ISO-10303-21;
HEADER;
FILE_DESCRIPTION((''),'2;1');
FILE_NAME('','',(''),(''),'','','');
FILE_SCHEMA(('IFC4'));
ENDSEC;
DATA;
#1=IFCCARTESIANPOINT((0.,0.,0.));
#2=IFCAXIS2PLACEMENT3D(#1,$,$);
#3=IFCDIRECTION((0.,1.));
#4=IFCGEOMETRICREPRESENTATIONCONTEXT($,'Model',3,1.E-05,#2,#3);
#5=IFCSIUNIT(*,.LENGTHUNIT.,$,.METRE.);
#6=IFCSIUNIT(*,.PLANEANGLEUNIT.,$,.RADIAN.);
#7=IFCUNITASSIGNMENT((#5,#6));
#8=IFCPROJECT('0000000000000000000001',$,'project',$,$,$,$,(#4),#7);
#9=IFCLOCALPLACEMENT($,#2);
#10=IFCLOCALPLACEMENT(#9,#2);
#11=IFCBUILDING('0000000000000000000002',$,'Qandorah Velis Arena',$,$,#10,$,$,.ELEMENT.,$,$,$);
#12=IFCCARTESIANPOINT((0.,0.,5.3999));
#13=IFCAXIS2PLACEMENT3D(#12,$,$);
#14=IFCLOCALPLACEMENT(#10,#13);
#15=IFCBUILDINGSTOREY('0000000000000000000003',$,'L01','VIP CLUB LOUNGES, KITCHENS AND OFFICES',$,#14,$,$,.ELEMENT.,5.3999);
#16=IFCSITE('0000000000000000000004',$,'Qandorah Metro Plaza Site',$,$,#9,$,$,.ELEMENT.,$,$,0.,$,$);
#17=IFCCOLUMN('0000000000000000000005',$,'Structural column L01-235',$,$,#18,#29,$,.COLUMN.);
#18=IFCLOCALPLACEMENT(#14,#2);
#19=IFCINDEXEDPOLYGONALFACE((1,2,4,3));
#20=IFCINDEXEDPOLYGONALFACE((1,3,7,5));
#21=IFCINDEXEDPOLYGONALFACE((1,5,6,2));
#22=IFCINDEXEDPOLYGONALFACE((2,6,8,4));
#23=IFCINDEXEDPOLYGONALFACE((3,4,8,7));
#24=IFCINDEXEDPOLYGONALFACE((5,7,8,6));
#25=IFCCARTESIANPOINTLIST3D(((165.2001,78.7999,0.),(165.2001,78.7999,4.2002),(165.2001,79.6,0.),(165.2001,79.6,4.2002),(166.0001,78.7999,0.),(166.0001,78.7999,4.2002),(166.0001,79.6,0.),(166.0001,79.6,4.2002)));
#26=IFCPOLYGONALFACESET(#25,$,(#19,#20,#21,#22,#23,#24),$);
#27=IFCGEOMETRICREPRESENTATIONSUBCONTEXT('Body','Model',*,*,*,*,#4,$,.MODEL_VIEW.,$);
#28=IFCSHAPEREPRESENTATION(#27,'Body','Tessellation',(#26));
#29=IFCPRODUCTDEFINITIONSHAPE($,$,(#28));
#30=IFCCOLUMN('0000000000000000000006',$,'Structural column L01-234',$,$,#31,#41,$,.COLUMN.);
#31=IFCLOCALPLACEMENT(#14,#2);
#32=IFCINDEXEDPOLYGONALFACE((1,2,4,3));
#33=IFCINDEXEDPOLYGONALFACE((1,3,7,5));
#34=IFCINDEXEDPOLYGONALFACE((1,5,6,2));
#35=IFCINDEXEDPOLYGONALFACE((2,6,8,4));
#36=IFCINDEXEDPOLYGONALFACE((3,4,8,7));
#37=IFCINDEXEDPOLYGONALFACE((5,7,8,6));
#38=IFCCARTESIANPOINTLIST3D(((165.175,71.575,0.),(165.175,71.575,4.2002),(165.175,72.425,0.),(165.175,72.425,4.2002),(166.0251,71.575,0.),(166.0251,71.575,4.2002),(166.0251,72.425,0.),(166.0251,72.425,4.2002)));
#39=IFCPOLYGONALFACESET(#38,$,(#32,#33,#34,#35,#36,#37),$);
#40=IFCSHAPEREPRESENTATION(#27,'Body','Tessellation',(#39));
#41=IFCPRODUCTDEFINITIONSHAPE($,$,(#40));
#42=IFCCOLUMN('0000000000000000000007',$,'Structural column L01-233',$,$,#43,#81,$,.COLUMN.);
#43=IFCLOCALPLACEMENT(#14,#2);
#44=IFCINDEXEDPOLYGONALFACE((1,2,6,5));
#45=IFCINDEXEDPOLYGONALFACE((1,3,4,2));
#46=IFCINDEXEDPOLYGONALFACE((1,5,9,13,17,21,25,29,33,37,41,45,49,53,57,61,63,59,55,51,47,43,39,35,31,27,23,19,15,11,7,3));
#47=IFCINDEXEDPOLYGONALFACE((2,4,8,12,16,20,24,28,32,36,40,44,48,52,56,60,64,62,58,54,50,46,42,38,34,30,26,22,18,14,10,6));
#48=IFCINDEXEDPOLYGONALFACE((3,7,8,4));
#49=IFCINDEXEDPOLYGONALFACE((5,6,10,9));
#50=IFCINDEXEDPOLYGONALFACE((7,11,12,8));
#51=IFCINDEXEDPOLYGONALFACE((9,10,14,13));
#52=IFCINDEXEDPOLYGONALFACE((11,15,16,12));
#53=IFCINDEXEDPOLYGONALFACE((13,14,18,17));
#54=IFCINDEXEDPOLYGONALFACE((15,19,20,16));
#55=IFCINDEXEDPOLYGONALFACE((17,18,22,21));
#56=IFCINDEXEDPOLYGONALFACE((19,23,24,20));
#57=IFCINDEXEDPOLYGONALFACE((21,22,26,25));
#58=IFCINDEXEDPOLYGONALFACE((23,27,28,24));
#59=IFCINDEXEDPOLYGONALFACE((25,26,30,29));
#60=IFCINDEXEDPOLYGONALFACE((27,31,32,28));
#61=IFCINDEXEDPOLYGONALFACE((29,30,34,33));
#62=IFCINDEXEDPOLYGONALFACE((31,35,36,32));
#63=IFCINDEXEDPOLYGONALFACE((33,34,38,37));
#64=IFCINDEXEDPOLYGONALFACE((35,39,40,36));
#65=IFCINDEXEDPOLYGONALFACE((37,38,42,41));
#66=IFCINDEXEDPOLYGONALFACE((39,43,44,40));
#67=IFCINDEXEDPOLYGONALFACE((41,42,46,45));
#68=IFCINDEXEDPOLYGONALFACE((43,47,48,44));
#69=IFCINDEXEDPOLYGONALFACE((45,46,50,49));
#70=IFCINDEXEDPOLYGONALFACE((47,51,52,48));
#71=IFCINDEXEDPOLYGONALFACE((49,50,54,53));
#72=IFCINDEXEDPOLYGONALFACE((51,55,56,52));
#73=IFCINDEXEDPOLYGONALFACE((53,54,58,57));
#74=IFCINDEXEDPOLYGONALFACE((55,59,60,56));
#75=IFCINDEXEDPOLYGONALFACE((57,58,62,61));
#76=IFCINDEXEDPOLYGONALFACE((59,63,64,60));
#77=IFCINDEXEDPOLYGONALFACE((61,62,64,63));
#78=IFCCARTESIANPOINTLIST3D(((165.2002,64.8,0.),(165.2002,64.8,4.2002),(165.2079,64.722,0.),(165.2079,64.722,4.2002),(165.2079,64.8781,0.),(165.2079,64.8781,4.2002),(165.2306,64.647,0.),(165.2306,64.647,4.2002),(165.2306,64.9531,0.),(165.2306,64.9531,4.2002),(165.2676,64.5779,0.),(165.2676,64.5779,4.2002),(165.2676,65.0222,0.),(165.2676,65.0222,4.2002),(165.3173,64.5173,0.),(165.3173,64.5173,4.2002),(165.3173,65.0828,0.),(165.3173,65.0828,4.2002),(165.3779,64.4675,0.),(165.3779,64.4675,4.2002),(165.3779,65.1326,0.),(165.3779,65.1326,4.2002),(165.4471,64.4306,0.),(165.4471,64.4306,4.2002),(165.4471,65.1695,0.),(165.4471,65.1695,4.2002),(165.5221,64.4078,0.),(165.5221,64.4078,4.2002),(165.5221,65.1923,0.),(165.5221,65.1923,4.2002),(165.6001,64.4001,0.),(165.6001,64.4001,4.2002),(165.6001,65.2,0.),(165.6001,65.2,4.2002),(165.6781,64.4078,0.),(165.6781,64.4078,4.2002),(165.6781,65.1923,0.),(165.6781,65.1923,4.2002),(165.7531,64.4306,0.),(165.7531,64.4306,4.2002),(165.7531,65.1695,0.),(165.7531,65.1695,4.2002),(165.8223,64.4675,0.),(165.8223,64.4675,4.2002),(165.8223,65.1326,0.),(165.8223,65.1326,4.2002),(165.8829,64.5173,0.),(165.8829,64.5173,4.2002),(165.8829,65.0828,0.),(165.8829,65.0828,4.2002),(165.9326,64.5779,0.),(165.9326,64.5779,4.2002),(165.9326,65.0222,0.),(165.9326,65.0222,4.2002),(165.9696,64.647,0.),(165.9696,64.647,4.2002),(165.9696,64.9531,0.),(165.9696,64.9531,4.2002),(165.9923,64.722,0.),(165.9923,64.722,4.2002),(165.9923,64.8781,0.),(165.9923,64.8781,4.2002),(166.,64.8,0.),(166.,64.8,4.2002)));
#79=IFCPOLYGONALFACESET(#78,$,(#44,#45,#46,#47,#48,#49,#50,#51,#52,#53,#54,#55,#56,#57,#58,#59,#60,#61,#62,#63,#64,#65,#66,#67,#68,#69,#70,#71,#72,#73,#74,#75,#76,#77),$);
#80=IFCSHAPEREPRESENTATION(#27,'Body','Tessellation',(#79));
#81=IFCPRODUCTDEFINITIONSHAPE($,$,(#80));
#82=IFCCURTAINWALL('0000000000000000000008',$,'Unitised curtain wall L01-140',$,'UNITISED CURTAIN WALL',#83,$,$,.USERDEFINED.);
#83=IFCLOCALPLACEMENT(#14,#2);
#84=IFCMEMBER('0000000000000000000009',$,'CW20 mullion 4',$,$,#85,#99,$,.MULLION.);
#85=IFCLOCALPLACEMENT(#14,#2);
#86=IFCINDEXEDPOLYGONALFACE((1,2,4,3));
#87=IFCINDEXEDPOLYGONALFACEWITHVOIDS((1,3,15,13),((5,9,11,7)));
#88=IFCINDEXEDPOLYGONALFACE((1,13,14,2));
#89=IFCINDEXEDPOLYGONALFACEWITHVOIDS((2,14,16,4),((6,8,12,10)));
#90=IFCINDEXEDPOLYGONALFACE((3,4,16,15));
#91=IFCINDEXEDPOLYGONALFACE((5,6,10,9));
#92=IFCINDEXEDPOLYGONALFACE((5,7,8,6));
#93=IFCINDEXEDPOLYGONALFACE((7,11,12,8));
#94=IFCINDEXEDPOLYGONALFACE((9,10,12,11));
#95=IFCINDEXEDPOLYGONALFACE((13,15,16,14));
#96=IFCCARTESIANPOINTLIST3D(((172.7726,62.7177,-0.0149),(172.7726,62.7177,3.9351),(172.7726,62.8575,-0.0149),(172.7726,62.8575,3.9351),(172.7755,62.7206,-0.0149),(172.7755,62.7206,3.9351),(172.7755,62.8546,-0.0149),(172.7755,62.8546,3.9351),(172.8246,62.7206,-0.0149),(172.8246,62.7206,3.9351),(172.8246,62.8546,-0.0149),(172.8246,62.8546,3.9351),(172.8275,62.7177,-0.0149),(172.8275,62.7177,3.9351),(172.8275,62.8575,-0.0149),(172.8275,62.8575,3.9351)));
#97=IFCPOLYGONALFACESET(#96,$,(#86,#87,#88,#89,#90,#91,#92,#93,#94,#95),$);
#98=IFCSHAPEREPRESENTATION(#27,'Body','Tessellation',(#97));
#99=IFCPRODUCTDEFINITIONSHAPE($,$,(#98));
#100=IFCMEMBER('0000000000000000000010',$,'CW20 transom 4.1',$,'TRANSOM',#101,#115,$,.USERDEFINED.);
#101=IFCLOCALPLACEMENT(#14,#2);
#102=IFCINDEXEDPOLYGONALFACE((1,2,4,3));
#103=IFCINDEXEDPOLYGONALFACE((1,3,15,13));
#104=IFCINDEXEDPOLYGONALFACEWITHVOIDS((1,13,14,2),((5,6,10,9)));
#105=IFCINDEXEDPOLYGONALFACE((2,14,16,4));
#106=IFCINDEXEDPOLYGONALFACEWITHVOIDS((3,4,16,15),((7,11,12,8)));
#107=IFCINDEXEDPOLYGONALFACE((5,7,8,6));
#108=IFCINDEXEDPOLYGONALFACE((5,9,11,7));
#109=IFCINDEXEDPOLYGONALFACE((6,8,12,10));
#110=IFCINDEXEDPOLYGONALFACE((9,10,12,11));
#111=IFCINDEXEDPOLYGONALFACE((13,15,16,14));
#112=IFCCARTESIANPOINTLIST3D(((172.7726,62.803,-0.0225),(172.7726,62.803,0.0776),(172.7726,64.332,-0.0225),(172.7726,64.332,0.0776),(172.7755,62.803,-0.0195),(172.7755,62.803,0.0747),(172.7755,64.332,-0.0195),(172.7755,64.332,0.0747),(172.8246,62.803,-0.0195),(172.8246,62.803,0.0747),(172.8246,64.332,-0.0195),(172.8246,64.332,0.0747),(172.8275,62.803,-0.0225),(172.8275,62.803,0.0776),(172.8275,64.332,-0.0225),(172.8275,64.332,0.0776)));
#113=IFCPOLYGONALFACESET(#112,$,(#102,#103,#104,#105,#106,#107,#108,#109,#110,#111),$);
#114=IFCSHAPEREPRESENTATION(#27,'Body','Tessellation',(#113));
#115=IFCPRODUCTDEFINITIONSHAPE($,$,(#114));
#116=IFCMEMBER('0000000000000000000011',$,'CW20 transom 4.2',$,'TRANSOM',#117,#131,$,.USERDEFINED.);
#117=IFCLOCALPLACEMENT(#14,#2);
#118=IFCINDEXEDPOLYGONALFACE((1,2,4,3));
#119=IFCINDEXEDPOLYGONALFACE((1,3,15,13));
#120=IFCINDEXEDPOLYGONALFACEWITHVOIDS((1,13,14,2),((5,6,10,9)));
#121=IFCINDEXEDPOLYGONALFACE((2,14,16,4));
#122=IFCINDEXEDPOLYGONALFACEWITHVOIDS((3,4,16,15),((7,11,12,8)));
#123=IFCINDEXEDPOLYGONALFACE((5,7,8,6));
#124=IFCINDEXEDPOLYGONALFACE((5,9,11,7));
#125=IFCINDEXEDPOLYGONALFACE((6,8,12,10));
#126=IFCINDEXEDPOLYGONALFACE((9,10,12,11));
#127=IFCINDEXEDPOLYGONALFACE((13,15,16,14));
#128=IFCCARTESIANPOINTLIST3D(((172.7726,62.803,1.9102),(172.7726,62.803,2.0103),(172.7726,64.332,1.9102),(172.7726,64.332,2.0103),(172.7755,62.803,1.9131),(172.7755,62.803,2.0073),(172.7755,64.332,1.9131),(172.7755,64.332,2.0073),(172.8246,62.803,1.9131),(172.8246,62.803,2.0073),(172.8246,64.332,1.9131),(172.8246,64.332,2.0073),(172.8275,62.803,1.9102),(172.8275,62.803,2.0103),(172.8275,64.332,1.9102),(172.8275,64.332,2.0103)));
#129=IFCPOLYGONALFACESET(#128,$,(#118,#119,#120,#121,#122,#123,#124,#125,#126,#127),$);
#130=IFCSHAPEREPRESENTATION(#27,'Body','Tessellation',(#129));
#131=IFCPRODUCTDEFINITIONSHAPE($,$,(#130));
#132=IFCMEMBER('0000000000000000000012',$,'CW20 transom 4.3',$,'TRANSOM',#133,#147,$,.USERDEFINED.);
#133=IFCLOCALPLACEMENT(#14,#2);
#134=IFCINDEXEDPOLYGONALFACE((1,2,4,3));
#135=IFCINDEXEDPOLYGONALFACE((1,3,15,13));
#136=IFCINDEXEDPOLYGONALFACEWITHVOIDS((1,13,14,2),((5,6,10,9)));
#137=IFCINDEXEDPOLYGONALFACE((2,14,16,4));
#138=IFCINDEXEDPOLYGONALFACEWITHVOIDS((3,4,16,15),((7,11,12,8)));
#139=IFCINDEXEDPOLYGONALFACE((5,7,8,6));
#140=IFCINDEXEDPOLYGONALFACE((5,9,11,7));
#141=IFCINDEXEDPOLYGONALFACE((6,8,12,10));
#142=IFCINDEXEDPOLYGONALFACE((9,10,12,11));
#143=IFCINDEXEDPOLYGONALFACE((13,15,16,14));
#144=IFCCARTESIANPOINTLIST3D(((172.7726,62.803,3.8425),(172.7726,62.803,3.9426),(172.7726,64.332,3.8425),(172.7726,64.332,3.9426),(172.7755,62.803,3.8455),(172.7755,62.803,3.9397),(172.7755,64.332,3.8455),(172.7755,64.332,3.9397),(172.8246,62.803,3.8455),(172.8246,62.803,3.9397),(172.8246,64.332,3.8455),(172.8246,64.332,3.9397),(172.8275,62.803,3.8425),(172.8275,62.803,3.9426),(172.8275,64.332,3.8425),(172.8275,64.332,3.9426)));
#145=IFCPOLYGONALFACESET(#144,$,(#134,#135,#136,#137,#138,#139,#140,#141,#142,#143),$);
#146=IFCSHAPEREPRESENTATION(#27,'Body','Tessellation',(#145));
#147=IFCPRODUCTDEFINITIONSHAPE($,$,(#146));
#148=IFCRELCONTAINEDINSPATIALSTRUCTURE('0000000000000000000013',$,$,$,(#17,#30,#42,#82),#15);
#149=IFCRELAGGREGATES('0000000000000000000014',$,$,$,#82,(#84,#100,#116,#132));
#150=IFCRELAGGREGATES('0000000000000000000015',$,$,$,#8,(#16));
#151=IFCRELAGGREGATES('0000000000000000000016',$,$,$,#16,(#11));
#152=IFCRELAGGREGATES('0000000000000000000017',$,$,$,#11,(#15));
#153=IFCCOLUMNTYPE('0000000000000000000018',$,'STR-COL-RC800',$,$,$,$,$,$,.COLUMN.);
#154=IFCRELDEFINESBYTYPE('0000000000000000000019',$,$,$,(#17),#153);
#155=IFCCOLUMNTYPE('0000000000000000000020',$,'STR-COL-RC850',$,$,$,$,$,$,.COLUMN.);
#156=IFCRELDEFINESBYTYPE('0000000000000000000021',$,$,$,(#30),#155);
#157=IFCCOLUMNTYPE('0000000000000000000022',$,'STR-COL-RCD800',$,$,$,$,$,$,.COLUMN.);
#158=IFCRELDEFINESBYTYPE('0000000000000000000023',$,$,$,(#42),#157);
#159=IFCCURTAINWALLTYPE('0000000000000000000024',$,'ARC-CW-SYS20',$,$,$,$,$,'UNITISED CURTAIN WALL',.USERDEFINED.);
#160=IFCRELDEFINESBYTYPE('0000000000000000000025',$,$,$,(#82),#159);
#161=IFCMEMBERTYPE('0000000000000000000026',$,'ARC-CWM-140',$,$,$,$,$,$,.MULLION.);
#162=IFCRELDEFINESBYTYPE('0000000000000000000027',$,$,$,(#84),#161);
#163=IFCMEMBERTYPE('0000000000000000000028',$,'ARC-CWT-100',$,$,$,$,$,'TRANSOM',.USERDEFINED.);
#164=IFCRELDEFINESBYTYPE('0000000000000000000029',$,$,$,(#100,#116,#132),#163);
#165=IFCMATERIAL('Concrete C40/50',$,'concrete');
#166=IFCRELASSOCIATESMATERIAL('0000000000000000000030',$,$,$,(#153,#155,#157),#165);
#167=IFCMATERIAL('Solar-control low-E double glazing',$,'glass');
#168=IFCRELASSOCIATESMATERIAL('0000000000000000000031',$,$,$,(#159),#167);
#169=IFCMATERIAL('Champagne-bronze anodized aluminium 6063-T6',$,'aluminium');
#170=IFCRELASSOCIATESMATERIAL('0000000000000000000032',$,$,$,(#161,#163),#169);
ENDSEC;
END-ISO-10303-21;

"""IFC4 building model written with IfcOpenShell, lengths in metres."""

from ifc_helpers import new_model, si_unit, direction, frame, origin, origin_2d, place, context, subcontext, project, spatial, rectangle, hollow_rectangle, circle, extrude, material, material_profile, profile_set, type_object, element, aggregate, save


model = new_model("IFC4")

# Units and contexts
model_context = context("Model", 3, precision=1e-05, world=origin(), true_north=direction((0.0, 1.0)))
body_context = subcontext(model_context, "Body", "Model", "MODEL_VIEW")
ifc_project = project(units=[si_unit("LENGTHUNIT", "METRE"), si_unit("PLANEANGLEUNIT", "RADIAN")], contexts=[model_context])

# Site, building, storey
site_placement = place(None, origin())
site = spatial("IfcSite", under=ifc_project, at=site_placement, Name="Qandorah Metro Plaza Site", CompositionType="ELEMENT", RefElevation=0.0)
building_placement = place(site_placement, origin())
building = spatial("IfcBuilding", under=site, at=building_placement, Name="Qandorah Velis Arena", CompositionType="ELEMENT")
storey_placement = place(building_placement, frame((0.0, 0.0, 5.3999)))
storey = spatial("IfcBuildingStorey", under=building, at=storey_placement, Name="L01", Description="VIP CLUB LOUNGES, KITCHENS AND OFFICES", CompositionType="ELEMENT", Elevation=5.3999)

# Columns
ifc_material_1 = material(Name="Concrete C40/50", Category="concrete")
ifc_material_profile_1 = material_profile(ifc_material_1, rectangle(XDim=0.8, YDim=0.8, at=origin_2d()), Name="RC COL 800x800")
ifc_profile_set_1 = profile_set([ifc_material_profile_1], Name="Concrete C40/50")
column_type_1 = type_object("IfcColumnType", Name="STR-COL-RC800", PredefinedType="COLUMN", material=ifc_profile_set_1)
column_1_placement = place(storey_placement, frame((165.6001, 79.2, 0.0), z_axis=(0.0, 0.0, 1.0), x_axis=(1.0, 0.0, 0.0)))
element("IfcColumn", 1, at=column_1_placement, inside=storey, type_object=column_type_1, Name="Structural column L01-235", PredefinedType="COLUMN", context=body_context, shape_type="SweptSolid", body=[
    extrude(rectangle(XDim=0.8, YDim=0.8, at=origin_2d()), origin(), (0.0, 0.0, 1.0), 4.2002),
])
ifc_material_profile_2 = material_profile(ifc_material_1, rectangle(XDim=0.8501, YDim=0.8501, at=origin_2d()), Name="RC COL 850x850")
ifc_profile_set_2 = profile_set([ifc_material_profile_2], Name="Concrete C40/50")
column_type_2 = type_object("IfcColumnType", Name="STR-COL-RC850", PredefinedType="COLUMN", material=ifc_profile_set_2)
column_2_placement = place(storey_placement, frame((165.6001, 72.0, 0.0), z_axis=(0.0, 0.0, 1.0), x_axis=(1.0, 0.0, 0.0)))
element("IfcColumn", 2, at=column_2_placement, inside=storey, type_object=column_type_2, Name="Structural column L01-234", PredefinedType="COLUMN", context=body_context, shape_type="SweptSolid", body=[
    extrude(rectangle(XDim=0.8501, YDim=0.8501, at=origin_2d()), origin(), (0.0, 0.0, 1.0), 4.2002),
])
ifc_material_profile_3 = material_profile(ifc_material_1, circle(Radius=0.3999, at=origin_2d()), Name="RC D800")
ifc_profile_set_3 = profile_set([ifc_material_profile_3], Name="Concrete C40/50")
column_type_3 = type_object("IfcColumnType", Name="STR-COL-RCD800", PredefinedType="COLUMN", material=ifc_profile_set_3)
column_3_placement = place(storey_placement, frame((165.6001, 64.8, 0.0), z_axis=(0.0, 0.0, 1.0), x_axis=(1.0, 0.0, 0.0)))
element("IfcColumn", 3, at=column_3_placement, inside=storey, type_object=column_type_3, Name="Structural column L01-233", PredefinedType="COLUMN", context=body_context, shape_type="SweptSolid", body=[
    extrude(circle(Radius=0.3999, at=origin_2d()), origin(), (0.0, 0.0, 1.0), 4.2002),
])

# Curtain wall, members
ifc_material_2 = material(Name="Solar-control low-E double glazing", Category="glass")
curtain_wall_type = type_object("IfcCurtainWallType", Name="ARC-CW-SYS20", ElementType="UNITISED CURTAIN WALL", PredefinedType="USERDEFINED", material=ifc_material_2)
curtain_wall_placement = place(storey_placement, origin())
curtain_wall = element("IfcCurtainWall", 4, at=curtain_wall_placement, inside=storey, type_object=curtain_wall_type, Name="Unitised curtain wall L01-140", ObjectType="UNITISED CURTAIN WALL", PredefinedType="USERDEFINED")
ifc_material_3 = material(Name="Champagne-bronze anodized aluminium 6063-T6", Category="aluminium")
ifc_material_profile_4 = material_profile(ifc_material_3, hollow_rectangle(XDim=0.0549, YDim=0.1399, WallThickness=0.0029, at=origin_2d()), Name="ALU MULLION 55x140")
ifc_profile_set_4 = profile_set([ifc_material_profile_4], Name="Champagne-bronze anodized aluminium 6063-T6")
member_type_1 = type_object("IfcMemberType", Name="ARC-CWM-140", PredefinedType="MULLION", material=ifc_profile_set_4)
member_1_placement = place(storey_placement, frame((172.8, 62.7876, -0.0149), z_axis=(0.0, 0.0, 1.0), x_axis=(-1.0, 0.0, 0.0)))
member_1 = element("IfcMember", 5, at=member_1_placement, type_object=member_type_1, Name="CW20 mullion 4", PredefinedType="MULLION", context=body_context, shape_type="SweptSolid", body=[
    extrude(hollow_rectangle(XDim=0.0549, YDim=0.1399, WallThickness=0.0029, at=origin_2d()), origin(), (0.0, 0.0, 1.0), 3.95),
])
ifc_material_profile_5 = material_profile(ifc_material_3, hollow_rectangle(XDim=0.0549, YDim=0.1001, WallThickness=0.0029, at=origin_2d()), Name="ALU TRANSOM 55x100")
ifc_profile_set_5 = profile_set([ifc_material_profile_5], Name="Champagne-bronze anodized aluminium 6063-T6")
member_type_2 = type_object("IfcMemberType", Name="ARC-CWT-100", ElementType="TRANSOM", PredefinedType="USERDEFINED", material=ifc_profile_set_5)
member_2_placement = place(storey_placement, frame((172.8, 62.803, 0.0276), z_axis=(0.0, 1.0, 0.0), x_axis=(-1.0, 0.0, 0.0)))
member_2 = element("IfcMember", 6, at=member_2_placement, type_object=member_type_2, Name="CW20 transom 4.1", ObjectType="TRANSOM", PredefinedType="USERDEFINED", context=body_context, shape_type="SweptSolid", body=[
    extrude(hollow_rectangle(XDim=0.0549, YDim=0.1001, WallThickness=0.0029, at=origin_2d()), origin(), (0.0, 0.0, 1.0), 1.5291),
])
member_3_placement = place(storey_placement, frame((172.8, 62.803, 1.9602), z_axis=(0.0, 1.0, 0.0), x_axis=(-1.0, 0.0, 0.0)))
member_3 = element("IfcMember", 7, at=member_3_placement, type_object=member_type_2, Name="CW20 transom 4.2", ObjectType="TRANSOM", PredefinedType="USERDEFINED", context=body_context, shape_type="SweptSolid", body=[
    extrude(hollow_rectangle(XDim=0.0549, YDim=0.1001, WallThickness=0.0029, at=origin_2d()), origin(), (0.0, 0.0, 1.0), 1.5291),
])
member_4_placement = place(storey_placement, frame((172.8, 62.803, 3.8926), z_axis=(0.0, 1.0, 0.0), x_axis=(-1.0, 0.0, 0.0)))
member_4 = element("IfcMember", 8, at=member_4_placement, type_object=member_type_2, Name="CW20 transom 4.3", ObjectType="TRANSOM", PredefinedType="USERDEFINED", context=body_context, shape_type="SweptSolid", body=[
    extrude(hollow_rectangle(XDim=0.0549, YDim=0.1001, WallThickness=0.0029, at=origin_2d()), origin(), (0.0, 0.0, 1.0), 1.5291),
])
aggregate(curtain_wall, [member_1, member_2, member_3, member_4])

save(model, "model.ifc")
